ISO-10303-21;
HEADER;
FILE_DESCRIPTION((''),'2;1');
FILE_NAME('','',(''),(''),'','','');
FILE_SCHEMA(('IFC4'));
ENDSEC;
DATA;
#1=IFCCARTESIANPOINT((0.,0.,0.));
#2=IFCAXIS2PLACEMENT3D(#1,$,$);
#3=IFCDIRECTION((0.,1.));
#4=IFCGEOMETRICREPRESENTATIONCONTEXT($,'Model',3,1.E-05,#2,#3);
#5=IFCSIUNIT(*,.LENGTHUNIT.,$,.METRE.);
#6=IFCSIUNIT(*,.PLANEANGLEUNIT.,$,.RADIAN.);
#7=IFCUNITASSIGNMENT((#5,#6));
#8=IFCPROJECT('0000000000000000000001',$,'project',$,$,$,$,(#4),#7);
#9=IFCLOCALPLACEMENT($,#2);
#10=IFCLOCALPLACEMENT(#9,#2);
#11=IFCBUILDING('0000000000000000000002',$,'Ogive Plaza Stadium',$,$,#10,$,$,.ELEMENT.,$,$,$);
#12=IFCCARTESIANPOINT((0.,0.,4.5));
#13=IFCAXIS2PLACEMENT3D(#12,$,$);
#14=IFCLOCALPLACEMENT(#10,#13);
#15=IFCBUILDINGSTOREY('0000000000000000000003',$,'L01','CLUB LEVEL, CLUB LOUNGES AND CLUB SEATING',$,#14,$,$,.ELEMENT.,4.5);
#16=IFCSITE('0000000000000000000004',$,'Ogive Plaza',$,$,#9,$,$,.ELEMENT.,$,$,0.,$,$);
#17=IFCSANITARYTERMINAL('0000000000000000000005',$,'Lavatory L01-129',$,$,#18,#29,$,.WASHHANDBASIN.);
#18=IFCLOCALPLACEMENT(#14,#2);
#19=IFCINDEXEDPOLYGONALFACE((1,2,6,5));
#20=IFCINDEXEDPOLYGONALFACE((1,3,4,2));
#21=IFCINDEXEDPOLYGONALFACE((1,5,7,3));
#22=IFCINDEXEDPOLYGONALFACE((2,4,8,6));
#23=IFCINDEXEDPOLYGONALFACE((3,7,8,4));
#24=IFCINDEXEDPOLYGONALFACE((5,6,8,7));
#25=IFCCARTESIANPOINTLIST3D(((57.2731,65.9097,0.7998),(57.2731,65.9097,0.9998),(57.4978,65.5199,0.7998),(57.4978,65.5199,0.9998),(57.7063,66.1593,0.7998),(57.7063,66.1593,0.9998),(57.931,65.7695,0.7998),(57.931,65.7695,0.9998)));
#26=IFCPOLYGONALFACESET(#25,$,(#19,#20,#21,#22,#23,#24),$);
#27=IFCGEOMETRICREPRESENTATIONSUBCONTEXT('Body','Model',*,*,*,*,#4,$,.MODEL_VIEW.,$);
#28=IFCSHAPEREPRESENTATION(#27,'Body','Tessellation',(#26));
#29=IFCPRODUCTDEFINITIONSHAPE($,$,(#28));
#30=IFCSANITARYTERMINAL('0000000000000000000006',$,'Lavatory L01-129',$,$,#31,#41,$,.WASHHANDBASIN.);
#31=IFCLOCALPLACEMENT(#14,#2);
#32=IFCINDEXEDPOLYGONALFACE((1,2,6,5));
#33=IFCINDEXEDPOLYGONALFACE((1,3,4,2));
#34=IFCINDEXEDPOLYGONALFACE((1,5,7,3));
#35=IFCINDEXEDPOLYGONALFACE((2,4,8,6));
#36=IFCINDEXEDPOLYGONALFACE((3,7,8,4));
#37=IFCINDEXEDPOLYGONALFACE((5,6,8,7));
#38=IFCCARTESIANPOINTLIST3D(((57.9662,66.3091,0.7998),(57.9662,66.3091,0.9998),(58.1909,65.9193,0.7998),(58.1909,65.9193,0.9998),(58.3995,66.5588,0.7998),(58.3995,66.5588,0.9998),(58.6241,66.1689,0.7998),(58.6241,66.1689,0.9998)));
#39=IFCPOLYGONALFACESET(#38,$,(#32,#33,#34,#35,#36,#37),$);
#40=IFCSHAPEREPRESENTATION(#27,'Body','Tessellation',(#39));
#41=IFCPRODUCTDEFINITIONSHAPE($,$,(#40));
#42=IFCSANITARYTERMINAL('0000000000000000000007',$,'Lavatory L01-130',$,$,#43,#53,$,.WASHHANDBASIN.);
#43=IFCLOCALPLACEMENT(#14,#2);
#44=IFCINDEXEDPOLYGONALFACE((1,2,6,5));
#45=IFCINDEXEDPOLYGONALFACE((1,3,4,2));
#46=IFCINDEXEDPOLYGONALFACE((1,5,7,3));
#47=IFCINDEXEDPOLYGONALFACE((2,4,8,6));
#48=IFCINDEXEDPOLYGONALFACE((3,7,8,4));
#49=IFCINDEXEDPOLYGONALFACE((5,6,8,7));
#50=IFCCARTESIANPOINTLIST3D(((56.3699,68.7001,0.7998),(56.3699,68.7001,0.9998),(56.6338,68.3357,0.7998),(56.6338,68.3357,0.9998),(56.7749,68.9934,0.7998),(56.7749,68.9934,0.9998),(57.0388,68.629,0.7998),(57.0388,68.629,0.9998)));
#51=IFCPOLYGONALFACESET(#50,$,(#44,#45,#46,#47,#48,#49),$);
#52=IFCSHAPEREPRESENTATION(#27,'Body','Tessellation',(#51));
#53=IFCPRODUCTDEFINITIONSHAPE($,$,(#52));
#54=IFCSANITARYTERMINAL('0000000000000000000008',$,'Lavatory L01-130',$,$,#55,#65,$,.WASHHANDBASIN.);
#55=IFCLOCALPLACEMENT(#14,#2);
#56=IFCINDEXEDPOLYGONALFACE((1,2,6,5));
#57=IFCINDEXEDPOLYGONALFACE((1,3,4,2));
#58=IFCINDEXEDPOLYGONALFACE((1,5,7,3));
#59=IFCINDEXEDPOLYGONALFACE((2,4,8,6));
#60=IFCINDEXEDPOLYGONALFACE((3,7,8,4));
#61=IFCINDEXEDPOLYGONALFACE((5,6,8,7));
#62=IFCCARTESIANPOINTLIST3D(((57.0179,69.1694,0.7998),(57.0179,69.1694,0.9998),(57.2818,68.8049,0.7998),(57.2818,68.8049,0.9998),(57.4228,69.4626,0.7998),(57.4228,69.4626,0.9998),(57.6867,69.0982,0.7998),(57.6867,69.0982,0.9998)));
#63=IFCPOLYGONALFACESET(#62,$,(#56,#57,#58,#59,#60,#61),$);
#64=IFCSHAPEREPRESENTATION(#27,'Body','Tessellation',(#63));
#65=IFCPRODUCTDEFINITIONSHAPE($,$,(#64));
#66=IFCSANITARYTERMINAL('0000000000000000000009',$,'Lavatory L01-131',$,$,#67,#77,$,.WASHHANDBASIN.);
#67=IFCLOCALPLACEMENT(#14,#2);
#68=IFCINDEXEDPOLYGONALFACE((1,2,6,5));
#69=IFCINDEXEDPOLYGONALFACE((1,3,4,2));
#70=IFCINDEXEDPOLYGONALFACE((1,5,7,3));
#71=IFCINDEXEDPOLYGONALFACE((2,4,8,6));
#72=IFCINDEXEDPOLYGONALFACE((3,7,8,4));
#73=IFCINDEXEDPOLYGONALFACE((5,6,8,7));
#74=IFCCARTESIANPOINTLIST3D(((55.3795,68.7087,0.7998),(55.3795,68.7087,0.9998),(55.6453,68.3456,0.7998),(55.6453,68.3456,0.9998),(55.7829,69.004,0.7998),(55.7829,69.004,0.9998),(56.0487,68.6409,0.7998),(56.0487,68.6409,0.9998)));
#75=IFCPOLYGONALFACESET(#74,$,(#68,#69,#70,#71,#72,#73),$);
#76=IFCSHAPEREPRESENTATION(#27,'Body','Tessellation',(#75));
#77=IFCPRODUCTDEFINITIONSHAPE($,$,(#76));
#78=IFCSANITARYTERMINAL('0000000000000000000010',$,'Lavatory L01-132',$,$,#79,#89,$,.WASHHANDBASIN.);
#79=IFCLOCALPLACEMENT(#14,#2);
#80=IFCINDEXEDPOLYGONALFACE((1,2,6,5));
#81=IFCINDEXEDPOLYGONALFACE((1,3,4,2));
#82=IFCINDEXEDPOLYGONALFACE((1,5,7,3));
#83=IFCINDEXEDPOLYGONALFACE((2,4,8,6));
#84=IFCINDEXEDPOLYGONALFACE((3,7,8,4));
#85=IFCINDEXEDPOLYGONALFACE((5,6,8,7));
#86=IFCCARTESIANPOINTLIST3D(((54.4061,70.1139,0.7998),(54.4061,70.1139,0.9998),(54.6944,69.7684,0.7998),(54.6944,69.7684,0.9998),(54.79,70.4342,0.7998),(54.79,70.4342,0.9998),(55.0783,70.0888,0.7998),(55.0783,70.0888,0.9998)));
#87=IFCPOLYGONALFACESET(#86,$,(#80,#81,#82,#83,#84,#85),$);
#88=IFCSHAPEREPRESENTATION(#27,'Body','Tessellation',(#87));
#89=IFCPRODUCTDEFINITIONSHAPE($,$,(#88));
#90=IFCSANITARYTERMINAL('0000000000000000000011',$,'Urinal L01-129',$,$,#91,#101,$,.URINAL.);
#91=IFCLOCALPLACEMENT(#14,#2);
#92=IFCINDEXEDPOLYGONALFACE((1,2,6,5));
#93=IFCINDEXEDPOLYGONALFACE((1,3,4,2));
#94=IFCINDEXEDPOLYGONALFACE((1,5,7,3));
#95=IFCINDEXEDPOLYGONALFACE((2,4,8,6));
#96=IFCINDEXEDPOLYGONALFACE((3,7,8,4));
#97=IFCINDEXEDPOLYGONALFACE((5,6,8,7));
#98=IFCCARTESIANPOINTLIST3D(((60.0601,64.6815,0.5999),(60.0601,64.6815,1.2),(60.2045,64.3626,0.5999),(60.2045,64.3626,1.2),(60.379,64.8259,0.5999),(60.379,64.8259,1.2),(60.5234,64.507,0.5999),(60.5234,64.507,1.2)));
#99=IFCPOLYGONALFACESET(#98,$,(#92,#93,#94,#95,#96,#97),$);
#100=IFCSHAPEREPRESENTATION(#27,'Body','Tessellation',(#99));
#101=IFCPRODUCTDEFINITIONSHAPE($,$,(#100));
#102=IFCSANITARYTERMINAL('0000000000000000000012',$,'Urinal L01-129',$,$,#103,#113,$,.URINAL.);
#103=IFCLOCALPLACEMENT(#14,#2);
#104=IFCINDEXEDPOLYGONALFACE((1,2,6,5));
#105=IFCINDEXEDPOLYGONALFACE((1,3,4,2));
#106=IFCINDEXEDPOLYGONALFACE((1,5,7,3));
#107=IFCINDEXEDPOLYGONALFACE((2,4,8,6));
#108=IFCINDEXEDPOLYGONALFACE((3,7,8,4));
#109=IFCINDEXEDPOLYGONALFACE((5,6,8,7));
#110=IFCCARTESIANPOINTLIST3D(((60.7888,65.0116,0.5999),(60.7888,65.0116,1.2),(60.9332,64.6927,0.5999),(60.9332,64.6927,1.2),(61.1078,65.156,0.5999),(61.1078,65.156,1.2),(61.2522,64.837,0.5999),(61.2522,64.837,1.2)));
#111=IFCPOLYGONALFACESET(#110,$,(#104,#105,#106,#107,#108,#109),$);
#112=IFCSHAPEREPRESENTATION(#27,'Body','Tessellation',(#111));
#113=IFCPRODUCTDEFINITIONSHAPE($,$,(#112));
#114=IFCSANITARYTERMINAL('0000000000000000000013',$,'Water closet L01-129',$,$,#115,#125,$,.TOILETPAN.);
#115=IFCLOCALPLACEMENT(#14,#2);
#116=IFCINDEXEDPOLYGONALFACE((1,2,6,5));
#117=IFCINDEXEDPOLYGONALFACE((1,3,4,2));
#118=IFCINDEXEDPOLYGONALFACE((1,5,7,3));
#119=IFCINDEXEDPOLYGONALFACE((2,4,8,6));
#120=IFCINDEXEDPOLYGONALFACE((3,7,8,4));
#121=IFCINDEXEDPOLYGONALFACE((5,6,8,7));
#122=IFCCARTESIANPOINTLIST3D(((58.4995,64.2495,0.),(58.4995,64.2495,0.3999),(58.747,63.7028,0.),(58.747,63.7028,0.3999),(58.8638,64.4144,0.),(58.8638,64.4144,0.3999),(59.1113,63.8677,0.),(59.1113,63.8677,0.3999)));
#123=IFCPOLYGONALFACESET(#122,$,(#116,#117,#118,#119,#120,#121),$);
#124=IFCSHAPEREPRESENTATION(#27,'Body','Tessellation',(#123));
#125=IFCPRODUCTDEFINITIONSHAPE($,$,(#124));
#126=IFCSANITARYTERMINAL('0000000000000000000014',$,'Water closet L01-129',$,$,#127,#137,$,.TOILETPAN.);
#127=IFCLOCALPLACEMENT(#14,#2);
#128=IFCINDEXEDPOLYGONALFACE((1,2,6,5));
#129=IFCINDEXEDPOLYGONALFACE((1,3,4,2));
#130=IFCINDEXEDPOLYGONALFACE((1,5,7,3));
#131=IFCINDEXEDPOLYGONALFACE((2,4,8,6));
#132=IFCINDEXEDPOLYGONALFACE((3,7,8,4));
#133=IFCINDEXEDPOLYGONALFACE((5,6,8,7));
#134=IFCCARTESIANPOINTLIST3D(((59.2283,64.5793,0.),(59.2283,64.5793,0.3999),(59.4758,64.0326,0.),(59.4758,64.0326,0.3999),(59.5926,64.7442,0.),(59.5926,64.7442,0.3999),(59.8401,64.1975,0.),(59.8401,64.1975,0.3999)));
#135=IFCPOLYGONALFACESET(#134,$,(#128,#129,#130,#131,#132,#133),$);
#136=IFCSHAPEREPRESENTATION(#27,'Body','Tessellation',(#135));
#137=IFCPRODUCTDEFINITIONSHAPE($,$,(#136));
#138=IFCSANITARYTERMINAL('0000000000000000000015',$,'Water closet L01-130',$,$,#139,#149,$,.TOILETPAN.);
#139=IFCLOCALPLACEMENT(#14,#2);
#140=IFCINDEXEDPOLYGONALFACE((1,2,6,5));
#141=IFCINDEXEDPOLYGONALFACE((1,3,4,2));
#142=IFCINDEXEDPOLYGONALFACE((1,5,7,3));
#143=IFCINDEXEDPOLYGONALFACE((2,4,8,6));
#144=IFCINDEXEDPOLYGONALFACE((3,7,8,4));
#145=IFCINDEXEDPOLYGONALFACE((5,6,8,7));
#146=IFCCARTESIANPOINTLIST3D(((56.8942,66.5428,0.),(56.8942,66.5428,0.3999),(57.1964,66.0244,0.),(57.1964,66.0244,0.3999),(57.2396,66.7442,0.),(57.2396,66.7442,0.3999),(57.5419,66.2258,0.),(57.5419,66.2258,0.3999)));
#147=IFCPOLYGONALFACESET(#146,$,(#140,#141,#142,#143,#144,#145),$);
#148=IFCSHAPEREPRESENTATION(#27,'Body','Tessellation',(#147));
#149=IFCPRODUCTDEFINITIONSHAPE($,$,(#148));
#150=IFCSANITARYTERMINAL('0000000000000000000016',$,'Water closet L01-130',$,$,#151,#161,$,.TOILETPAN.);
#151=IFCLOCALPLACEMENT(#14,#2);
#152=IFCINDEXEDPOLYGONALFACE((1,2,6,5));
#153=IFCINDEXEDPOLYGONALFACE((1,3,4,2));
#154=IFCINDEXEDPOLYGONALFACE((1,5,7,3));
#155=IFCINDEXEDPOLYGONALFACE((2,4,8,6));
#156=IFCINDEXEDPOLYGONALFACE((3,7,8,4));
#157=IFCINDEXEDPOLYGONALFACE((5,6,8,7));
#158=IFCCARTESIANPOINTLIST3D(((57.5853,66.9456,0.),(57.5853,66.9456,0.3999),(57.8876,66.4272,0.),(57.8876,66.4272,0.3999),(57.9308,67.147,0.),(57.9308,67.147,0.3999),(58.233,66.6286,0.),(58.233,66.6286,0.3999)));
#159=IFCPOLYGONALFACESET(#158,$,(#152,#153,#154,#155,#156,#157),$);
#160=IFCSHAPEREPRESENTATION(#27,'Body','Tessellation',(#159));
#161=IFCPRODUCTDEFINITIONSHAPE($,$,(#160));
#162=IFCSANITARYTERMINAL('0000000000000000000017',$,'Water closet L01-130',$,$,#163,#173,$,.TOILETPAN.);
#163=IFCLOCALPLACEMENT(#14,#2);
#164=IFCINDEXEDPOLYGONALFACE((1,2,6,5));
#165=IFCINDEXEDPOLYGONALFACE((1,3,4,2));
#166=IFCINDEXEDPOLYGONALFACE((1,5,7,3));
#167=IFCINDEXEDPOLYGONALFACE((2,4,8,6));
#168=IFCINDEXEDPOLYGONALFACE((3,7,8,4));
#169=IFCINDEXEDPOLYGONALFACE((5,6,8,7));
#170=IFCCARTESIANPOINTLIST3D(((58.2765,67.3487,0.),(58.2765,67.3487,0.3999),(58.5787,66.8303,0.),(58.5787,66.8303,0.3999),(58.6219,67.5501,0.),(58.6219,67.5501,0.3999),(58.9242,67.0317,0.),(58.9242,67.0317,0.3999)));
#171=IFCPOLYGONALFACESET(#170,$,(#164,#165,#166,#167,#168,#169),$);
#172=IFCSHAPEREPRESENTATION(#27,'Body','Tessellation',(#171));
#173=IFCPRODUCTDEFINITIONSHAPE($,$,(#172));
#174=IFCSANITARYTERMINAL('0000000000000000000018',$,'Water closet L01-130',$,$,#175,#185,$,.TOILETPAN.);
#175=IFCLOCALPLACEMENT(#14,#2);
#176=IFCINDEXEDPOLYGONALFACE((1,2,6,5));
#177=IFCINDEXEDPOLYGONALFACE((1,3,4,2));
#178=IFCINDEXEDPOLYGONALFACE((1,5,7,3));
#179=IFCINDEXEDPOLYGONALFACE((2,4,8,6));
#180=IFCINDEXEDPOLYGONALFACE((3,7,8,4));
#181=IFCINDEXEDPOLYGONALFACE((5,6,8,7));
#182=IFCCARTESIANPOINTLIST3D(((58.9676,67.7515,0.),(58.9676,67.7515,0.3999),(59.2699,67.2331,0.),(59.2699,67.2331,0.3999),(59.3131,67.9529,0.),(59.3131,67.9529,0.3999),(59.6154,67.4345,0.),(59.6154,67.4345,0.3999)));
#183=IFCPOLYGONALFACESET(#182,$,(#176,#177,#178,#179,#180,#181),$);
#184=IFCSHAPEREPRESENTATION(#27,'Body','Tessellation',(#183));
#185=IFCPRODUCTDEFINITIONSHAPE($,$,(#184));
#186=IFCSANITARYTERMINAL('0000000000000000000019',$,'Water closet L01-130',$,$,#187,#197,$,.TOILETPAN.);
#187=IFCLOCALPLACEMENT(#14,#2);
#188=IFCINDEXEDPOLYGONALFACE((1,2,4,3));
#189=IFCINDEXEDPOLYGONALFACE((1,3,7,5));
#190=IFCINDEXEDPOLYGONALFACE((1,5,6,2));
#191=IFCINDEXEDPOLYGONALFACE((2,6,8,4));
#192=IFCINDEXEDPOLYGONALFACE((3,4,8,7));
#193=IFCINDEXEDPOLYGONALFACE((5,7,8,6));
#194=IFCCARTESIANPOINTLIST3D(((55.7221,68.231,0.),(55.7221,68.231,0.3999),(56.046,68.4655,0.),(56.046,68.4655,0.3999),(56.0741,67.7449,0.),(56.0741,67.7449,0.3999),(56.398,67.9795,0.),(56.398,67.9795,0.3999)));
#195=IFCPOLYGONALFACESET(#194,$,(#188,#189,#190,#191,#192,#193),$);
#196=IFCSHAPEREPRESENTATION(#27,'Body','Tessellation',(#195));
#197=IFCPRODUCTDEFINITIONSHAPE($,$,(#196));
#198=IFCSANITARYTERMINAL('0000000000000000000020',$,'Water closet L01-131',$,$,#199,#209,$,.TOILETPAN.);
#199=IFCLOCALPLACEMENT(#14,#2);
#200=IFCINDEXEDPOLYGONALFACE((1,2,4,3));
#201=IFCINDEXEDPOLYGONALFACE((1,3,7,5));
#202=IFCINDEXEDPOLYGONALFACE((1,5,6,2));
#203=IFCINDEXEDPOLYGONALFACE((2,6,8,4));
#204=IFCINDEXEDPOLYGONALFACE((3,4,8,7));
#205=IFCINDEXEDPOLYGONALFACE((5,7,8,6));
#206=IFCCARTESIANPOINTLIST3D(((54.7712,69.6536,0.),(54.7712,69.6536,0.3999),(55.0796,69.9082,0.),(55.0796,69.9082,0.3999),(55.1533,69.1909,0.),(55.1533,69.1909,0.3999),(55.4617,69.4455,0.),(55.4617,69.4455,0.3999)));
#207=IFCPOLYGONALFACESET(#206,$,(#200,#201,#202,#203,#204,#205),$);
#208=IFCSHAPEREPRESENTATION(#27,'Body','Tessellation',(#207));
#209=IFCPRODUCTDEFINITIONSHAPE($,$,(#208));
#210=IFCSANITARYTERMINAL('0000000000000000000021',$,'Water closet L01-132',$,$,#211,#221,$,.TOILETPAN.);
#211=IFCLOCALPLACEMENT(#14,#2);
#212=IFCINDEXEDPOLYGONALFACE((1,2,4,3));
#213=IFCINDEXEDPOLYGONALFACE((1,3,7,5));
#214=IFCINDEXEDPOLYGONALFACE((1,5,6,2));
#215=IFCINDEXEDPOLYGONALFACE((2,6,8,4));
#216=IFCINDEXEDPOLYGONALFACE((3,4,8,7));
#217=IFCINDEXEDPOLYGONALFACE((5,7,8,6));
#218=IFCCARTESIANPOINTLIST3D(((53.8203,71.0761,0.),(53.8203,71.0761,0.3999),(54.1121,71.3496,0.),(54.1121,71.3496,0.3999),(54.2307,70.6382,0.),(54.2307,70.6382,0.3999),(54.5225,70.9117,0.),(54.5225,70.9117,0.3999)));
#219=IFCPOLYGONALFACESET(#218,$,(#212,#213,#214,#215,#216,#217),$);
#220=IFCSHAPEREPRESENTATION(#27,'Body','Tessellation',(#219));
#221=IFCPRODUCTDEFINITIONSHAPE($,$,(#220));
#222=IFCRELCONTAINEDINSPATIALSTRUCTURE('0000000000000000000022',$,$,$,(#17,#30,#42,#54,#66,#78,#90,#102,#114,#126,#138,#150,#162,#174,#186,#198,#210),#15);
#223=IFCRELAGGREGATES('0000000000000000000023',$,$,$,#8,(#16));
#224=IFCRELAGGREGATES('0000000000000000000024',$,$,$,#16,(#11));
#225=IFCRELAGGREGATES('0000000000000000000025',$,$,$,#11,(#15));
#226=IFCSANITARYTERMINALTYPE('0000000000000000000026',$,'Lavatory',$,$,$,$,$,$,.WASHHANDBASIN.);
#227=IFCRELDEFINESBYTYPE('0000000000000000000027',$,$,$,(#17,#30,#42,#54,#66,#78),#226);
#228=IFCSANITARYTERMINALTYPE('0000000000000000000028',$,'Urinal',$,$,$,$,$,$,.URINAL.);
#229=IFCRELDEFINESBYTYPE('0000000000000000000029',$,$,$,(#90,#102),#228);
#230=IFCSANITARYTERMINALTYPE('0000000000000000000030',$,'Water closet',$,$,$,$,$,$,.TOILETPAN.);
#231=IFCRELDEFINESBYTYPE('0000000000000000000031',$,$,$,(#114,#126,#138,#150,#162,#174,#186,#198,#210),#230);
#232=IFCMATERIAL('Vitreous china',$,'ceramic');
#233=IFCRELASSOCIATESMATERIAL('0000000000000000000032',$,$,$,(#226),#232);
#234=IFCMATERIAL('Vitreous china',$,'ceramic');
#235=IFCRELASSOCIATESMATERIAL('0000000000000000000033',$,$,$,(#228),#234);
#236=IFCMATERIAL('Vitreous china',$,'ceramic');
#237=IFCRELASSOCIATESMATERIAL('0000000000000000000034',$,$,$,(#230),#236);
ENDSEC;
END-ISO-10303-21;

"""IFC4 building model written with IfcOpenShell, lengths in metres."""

from ifc_helpers import new_model, si_unit, direction, frame, origin, origin_2d, place, context, subcontext, project, spatial, rectangle, extrude, material, type_object, element, save


model = new_model("IFC4")

# Units and contexts
model_context = context("Model", 3, precision=1e-05, world=origin(), true_north=direction((0.0, 1.0)))
body_context = subcontext(model_context, "Body", "Model", "MODEL_VIEW")
ifc_project = project(units=[si_unit("LENGTHUNIT", "METRE"), si_unit("PLANEANGLEUNIT", "RADIAN")], contexts=[model_context])

# Site, building, storey
site_placement = place(None, origin())
site = spatial("IfcSite", under=ifc_project, at=site_placement, Name="Ogive Plaza", CompositionType="ELEMENT", RefElevation=0.0)
building_placement = place(site_placement, origin())
building = spatial("IfcBuilding", under=site, at=building_placement, Name="Ogive Plaza Stadium", CompositionType="ELEMENT")
storey_placement = place(building_placement, frame((0.0, 0.0, 4.5)))
storey = spatial("IfcBuildingStorey", under=building, at=storey_placement, Name="L01", Description="CLUB LEVEL, CLUB LOUNGES AND CLUB SEATING", CompositionType="ELEMENT", Elevation=4.5)

# Sanitary terminals
ifc_material_1 = material(Name="Vitreous china", Category="ceramic")
sanitary_terminal_type_1 = type_object("IfcSanitaryTerminalType", Name="Lavatory", PredefinedType="WASHHANDBASIN", material=ifc_material_1)
for number, where, z_axis, x_axis, name in (
    (1, (57.6021, 65.8396, 0.7998), (0.0, 0.0, 1.0), (0.866461, 0.499244, 0.0), "Lavatory L01-129"),
    (2, (58.2952, 66.239, 0.7998), (0.0, 0.0, 1.0), (0.866461, 0.499244, 0.0), "Lavatory L01-129"),
    (3, (56.7043, 68.6646, 0.7998), (0.0, 0.0, 1.0), (0.809921, 0.586539, 0.0), "Lavatory L01-130"),
    (4, (57.3523, 69.1338, 0.7998), (0.0, 0.0, 1.0), (0.809921, 0.586539, 0.0), "Lavatory L01-130"),
    (5, (55.7141, 68.6748, 0.7998), (0.0, 0.0, 1.0), (0.806894, 0.590696, 0.0), "Lavatory L01-131"),
    (6, (54.7422, 70.1013, 0.7998), (0.0, 0.0, 1.0), (0.767804, 0.640685, 0.0), "Lavatory L01-132"),
):
    element("IfcSanitaryTerminal", number, at=place(storey_placement, frame(where, z_axis=z_axis, x_axis=x_axis)), inside=storey, type_object=sanitary_terminal_type_1, Name=name, PredefinedType="WASHHANDBASIN", context=body_context, shape_type="SweptSolid", body=[
        extrude(rectangle(XDim=0.5, YDim=0.45, at=origin_2d()), origin(), (0.0, 0.0, 1.0), 0.2),
    ])
ifc_material_2 = material(Name="Vitreous china", Category="ceramic")
sanitary_terminal_type_2 = type_object("IfcSanitaryTerminalType", Name="Urinal", PredefinedType="URINAL", material=ifc_material_2)
for number, where, z_axis, x_axis, name in (
    (7, (60.2917, 64.5942, 0.5999), (0.0, 0.0, 1.0), (0.911001, 0.412405, 0.0), "Urinal L01-129"),
    (8, (61.0205, 64.9243, 0.5999), (0.0, 0.0, 1.0), (0.911001, 0.412405, 0.0), "Urinal L01-129"),
):
    element("IfcSanitaryTerminal", number, at=place(storey_placement, frame(where, z_axis=z_axis, x_axis=x_axis)), inside=storey, type_object=sanitary_terminal_type_2, Name=name, PredefinedType="URINAL", context=body_context, shape_type="SweptSolid", body=[
        extrude(rectangle(XDim=0.3501, YDim=0.3501, at=origin_2d()), origin(), (0.0, 0.0, 1.0), 0.6001),
    ])
ifc_material_3 = material(Name="Vitreous china", Category="ceramic")
sanitary_terminal_type_3 = type_object("IfcSanitaryTerminalType", Name="Water closet", PredefinedType="TOILETPAN", material=ifc_material_3)
for number, where, z_axis, x_axis, name in (
    (9, (58.8054, 64.0586, 0.0), (0.0, 0.0, 1.0), (0.911001, 0.412405, 0.0), "Water closet L01-129"),
    (10, (59.5342, 64.3884, 0.0), (0.0, 0.0, 1.0), (0.911001, 0.412405, 0.0), "Water closet L01-129"),
    (11, (57.218, 66.3843, 0.0), (0.0, 0.0, 1.0), (0.86389, 0.50368, 0.0), "Water closet L01-130"),
    (12, (57.9092, 66.7871, 0.0), (0.0, 0.0, 1.0), (0.86389, 0.50368, 0.0), "Water closet L01-130"),
    (13, (58.6003, 67.1902, 0.0), (0.0, 0.0, 1.0), (0.86389, 0.50368, 0.0), "Water closet L01-130"),
    (14, (59.2915, 67.593, 0.0), (0.0, 0.0, 1.0), (0.86389, 0.50368, 0.0), "Water closet L01-130"),
    (15, (56.0601, 68.1052, 0.0), (0.0, 0.0, 1.0), (0.809921, 0.586539, 0.0), "Water closet L01-130"),
    (16, (55.1165, 69.5496, 0.0), (0.0, 0.0, 1.0), (0.771057, 0.636766, 0.0), "Water closet L01-131"),
    (17, (54.1714, 70.9939, 0.0), (0.0, 0.0, 1.0), (0.729637, 0.683834, 0.0), "Water closet L01-132"),
):
    element("IfcSanitaryTerminal", number, at=place(storey_placement, frame(where, z_axis=z_axis, x_axis=x_axis)), inside=storey, type_object=sanitary_terminal_type_3, Name=name, PredefinedType="TOILETPAN", context=body_context, shape_type="SweptSolid", body=[
        extrude(rectangle(XDim=0.3999, YDim=0.6001, at=origin_2d()), origin(), (0.0, 0.0, 1.0), 0.3999),
    ])

save(model, "model.ifc")
